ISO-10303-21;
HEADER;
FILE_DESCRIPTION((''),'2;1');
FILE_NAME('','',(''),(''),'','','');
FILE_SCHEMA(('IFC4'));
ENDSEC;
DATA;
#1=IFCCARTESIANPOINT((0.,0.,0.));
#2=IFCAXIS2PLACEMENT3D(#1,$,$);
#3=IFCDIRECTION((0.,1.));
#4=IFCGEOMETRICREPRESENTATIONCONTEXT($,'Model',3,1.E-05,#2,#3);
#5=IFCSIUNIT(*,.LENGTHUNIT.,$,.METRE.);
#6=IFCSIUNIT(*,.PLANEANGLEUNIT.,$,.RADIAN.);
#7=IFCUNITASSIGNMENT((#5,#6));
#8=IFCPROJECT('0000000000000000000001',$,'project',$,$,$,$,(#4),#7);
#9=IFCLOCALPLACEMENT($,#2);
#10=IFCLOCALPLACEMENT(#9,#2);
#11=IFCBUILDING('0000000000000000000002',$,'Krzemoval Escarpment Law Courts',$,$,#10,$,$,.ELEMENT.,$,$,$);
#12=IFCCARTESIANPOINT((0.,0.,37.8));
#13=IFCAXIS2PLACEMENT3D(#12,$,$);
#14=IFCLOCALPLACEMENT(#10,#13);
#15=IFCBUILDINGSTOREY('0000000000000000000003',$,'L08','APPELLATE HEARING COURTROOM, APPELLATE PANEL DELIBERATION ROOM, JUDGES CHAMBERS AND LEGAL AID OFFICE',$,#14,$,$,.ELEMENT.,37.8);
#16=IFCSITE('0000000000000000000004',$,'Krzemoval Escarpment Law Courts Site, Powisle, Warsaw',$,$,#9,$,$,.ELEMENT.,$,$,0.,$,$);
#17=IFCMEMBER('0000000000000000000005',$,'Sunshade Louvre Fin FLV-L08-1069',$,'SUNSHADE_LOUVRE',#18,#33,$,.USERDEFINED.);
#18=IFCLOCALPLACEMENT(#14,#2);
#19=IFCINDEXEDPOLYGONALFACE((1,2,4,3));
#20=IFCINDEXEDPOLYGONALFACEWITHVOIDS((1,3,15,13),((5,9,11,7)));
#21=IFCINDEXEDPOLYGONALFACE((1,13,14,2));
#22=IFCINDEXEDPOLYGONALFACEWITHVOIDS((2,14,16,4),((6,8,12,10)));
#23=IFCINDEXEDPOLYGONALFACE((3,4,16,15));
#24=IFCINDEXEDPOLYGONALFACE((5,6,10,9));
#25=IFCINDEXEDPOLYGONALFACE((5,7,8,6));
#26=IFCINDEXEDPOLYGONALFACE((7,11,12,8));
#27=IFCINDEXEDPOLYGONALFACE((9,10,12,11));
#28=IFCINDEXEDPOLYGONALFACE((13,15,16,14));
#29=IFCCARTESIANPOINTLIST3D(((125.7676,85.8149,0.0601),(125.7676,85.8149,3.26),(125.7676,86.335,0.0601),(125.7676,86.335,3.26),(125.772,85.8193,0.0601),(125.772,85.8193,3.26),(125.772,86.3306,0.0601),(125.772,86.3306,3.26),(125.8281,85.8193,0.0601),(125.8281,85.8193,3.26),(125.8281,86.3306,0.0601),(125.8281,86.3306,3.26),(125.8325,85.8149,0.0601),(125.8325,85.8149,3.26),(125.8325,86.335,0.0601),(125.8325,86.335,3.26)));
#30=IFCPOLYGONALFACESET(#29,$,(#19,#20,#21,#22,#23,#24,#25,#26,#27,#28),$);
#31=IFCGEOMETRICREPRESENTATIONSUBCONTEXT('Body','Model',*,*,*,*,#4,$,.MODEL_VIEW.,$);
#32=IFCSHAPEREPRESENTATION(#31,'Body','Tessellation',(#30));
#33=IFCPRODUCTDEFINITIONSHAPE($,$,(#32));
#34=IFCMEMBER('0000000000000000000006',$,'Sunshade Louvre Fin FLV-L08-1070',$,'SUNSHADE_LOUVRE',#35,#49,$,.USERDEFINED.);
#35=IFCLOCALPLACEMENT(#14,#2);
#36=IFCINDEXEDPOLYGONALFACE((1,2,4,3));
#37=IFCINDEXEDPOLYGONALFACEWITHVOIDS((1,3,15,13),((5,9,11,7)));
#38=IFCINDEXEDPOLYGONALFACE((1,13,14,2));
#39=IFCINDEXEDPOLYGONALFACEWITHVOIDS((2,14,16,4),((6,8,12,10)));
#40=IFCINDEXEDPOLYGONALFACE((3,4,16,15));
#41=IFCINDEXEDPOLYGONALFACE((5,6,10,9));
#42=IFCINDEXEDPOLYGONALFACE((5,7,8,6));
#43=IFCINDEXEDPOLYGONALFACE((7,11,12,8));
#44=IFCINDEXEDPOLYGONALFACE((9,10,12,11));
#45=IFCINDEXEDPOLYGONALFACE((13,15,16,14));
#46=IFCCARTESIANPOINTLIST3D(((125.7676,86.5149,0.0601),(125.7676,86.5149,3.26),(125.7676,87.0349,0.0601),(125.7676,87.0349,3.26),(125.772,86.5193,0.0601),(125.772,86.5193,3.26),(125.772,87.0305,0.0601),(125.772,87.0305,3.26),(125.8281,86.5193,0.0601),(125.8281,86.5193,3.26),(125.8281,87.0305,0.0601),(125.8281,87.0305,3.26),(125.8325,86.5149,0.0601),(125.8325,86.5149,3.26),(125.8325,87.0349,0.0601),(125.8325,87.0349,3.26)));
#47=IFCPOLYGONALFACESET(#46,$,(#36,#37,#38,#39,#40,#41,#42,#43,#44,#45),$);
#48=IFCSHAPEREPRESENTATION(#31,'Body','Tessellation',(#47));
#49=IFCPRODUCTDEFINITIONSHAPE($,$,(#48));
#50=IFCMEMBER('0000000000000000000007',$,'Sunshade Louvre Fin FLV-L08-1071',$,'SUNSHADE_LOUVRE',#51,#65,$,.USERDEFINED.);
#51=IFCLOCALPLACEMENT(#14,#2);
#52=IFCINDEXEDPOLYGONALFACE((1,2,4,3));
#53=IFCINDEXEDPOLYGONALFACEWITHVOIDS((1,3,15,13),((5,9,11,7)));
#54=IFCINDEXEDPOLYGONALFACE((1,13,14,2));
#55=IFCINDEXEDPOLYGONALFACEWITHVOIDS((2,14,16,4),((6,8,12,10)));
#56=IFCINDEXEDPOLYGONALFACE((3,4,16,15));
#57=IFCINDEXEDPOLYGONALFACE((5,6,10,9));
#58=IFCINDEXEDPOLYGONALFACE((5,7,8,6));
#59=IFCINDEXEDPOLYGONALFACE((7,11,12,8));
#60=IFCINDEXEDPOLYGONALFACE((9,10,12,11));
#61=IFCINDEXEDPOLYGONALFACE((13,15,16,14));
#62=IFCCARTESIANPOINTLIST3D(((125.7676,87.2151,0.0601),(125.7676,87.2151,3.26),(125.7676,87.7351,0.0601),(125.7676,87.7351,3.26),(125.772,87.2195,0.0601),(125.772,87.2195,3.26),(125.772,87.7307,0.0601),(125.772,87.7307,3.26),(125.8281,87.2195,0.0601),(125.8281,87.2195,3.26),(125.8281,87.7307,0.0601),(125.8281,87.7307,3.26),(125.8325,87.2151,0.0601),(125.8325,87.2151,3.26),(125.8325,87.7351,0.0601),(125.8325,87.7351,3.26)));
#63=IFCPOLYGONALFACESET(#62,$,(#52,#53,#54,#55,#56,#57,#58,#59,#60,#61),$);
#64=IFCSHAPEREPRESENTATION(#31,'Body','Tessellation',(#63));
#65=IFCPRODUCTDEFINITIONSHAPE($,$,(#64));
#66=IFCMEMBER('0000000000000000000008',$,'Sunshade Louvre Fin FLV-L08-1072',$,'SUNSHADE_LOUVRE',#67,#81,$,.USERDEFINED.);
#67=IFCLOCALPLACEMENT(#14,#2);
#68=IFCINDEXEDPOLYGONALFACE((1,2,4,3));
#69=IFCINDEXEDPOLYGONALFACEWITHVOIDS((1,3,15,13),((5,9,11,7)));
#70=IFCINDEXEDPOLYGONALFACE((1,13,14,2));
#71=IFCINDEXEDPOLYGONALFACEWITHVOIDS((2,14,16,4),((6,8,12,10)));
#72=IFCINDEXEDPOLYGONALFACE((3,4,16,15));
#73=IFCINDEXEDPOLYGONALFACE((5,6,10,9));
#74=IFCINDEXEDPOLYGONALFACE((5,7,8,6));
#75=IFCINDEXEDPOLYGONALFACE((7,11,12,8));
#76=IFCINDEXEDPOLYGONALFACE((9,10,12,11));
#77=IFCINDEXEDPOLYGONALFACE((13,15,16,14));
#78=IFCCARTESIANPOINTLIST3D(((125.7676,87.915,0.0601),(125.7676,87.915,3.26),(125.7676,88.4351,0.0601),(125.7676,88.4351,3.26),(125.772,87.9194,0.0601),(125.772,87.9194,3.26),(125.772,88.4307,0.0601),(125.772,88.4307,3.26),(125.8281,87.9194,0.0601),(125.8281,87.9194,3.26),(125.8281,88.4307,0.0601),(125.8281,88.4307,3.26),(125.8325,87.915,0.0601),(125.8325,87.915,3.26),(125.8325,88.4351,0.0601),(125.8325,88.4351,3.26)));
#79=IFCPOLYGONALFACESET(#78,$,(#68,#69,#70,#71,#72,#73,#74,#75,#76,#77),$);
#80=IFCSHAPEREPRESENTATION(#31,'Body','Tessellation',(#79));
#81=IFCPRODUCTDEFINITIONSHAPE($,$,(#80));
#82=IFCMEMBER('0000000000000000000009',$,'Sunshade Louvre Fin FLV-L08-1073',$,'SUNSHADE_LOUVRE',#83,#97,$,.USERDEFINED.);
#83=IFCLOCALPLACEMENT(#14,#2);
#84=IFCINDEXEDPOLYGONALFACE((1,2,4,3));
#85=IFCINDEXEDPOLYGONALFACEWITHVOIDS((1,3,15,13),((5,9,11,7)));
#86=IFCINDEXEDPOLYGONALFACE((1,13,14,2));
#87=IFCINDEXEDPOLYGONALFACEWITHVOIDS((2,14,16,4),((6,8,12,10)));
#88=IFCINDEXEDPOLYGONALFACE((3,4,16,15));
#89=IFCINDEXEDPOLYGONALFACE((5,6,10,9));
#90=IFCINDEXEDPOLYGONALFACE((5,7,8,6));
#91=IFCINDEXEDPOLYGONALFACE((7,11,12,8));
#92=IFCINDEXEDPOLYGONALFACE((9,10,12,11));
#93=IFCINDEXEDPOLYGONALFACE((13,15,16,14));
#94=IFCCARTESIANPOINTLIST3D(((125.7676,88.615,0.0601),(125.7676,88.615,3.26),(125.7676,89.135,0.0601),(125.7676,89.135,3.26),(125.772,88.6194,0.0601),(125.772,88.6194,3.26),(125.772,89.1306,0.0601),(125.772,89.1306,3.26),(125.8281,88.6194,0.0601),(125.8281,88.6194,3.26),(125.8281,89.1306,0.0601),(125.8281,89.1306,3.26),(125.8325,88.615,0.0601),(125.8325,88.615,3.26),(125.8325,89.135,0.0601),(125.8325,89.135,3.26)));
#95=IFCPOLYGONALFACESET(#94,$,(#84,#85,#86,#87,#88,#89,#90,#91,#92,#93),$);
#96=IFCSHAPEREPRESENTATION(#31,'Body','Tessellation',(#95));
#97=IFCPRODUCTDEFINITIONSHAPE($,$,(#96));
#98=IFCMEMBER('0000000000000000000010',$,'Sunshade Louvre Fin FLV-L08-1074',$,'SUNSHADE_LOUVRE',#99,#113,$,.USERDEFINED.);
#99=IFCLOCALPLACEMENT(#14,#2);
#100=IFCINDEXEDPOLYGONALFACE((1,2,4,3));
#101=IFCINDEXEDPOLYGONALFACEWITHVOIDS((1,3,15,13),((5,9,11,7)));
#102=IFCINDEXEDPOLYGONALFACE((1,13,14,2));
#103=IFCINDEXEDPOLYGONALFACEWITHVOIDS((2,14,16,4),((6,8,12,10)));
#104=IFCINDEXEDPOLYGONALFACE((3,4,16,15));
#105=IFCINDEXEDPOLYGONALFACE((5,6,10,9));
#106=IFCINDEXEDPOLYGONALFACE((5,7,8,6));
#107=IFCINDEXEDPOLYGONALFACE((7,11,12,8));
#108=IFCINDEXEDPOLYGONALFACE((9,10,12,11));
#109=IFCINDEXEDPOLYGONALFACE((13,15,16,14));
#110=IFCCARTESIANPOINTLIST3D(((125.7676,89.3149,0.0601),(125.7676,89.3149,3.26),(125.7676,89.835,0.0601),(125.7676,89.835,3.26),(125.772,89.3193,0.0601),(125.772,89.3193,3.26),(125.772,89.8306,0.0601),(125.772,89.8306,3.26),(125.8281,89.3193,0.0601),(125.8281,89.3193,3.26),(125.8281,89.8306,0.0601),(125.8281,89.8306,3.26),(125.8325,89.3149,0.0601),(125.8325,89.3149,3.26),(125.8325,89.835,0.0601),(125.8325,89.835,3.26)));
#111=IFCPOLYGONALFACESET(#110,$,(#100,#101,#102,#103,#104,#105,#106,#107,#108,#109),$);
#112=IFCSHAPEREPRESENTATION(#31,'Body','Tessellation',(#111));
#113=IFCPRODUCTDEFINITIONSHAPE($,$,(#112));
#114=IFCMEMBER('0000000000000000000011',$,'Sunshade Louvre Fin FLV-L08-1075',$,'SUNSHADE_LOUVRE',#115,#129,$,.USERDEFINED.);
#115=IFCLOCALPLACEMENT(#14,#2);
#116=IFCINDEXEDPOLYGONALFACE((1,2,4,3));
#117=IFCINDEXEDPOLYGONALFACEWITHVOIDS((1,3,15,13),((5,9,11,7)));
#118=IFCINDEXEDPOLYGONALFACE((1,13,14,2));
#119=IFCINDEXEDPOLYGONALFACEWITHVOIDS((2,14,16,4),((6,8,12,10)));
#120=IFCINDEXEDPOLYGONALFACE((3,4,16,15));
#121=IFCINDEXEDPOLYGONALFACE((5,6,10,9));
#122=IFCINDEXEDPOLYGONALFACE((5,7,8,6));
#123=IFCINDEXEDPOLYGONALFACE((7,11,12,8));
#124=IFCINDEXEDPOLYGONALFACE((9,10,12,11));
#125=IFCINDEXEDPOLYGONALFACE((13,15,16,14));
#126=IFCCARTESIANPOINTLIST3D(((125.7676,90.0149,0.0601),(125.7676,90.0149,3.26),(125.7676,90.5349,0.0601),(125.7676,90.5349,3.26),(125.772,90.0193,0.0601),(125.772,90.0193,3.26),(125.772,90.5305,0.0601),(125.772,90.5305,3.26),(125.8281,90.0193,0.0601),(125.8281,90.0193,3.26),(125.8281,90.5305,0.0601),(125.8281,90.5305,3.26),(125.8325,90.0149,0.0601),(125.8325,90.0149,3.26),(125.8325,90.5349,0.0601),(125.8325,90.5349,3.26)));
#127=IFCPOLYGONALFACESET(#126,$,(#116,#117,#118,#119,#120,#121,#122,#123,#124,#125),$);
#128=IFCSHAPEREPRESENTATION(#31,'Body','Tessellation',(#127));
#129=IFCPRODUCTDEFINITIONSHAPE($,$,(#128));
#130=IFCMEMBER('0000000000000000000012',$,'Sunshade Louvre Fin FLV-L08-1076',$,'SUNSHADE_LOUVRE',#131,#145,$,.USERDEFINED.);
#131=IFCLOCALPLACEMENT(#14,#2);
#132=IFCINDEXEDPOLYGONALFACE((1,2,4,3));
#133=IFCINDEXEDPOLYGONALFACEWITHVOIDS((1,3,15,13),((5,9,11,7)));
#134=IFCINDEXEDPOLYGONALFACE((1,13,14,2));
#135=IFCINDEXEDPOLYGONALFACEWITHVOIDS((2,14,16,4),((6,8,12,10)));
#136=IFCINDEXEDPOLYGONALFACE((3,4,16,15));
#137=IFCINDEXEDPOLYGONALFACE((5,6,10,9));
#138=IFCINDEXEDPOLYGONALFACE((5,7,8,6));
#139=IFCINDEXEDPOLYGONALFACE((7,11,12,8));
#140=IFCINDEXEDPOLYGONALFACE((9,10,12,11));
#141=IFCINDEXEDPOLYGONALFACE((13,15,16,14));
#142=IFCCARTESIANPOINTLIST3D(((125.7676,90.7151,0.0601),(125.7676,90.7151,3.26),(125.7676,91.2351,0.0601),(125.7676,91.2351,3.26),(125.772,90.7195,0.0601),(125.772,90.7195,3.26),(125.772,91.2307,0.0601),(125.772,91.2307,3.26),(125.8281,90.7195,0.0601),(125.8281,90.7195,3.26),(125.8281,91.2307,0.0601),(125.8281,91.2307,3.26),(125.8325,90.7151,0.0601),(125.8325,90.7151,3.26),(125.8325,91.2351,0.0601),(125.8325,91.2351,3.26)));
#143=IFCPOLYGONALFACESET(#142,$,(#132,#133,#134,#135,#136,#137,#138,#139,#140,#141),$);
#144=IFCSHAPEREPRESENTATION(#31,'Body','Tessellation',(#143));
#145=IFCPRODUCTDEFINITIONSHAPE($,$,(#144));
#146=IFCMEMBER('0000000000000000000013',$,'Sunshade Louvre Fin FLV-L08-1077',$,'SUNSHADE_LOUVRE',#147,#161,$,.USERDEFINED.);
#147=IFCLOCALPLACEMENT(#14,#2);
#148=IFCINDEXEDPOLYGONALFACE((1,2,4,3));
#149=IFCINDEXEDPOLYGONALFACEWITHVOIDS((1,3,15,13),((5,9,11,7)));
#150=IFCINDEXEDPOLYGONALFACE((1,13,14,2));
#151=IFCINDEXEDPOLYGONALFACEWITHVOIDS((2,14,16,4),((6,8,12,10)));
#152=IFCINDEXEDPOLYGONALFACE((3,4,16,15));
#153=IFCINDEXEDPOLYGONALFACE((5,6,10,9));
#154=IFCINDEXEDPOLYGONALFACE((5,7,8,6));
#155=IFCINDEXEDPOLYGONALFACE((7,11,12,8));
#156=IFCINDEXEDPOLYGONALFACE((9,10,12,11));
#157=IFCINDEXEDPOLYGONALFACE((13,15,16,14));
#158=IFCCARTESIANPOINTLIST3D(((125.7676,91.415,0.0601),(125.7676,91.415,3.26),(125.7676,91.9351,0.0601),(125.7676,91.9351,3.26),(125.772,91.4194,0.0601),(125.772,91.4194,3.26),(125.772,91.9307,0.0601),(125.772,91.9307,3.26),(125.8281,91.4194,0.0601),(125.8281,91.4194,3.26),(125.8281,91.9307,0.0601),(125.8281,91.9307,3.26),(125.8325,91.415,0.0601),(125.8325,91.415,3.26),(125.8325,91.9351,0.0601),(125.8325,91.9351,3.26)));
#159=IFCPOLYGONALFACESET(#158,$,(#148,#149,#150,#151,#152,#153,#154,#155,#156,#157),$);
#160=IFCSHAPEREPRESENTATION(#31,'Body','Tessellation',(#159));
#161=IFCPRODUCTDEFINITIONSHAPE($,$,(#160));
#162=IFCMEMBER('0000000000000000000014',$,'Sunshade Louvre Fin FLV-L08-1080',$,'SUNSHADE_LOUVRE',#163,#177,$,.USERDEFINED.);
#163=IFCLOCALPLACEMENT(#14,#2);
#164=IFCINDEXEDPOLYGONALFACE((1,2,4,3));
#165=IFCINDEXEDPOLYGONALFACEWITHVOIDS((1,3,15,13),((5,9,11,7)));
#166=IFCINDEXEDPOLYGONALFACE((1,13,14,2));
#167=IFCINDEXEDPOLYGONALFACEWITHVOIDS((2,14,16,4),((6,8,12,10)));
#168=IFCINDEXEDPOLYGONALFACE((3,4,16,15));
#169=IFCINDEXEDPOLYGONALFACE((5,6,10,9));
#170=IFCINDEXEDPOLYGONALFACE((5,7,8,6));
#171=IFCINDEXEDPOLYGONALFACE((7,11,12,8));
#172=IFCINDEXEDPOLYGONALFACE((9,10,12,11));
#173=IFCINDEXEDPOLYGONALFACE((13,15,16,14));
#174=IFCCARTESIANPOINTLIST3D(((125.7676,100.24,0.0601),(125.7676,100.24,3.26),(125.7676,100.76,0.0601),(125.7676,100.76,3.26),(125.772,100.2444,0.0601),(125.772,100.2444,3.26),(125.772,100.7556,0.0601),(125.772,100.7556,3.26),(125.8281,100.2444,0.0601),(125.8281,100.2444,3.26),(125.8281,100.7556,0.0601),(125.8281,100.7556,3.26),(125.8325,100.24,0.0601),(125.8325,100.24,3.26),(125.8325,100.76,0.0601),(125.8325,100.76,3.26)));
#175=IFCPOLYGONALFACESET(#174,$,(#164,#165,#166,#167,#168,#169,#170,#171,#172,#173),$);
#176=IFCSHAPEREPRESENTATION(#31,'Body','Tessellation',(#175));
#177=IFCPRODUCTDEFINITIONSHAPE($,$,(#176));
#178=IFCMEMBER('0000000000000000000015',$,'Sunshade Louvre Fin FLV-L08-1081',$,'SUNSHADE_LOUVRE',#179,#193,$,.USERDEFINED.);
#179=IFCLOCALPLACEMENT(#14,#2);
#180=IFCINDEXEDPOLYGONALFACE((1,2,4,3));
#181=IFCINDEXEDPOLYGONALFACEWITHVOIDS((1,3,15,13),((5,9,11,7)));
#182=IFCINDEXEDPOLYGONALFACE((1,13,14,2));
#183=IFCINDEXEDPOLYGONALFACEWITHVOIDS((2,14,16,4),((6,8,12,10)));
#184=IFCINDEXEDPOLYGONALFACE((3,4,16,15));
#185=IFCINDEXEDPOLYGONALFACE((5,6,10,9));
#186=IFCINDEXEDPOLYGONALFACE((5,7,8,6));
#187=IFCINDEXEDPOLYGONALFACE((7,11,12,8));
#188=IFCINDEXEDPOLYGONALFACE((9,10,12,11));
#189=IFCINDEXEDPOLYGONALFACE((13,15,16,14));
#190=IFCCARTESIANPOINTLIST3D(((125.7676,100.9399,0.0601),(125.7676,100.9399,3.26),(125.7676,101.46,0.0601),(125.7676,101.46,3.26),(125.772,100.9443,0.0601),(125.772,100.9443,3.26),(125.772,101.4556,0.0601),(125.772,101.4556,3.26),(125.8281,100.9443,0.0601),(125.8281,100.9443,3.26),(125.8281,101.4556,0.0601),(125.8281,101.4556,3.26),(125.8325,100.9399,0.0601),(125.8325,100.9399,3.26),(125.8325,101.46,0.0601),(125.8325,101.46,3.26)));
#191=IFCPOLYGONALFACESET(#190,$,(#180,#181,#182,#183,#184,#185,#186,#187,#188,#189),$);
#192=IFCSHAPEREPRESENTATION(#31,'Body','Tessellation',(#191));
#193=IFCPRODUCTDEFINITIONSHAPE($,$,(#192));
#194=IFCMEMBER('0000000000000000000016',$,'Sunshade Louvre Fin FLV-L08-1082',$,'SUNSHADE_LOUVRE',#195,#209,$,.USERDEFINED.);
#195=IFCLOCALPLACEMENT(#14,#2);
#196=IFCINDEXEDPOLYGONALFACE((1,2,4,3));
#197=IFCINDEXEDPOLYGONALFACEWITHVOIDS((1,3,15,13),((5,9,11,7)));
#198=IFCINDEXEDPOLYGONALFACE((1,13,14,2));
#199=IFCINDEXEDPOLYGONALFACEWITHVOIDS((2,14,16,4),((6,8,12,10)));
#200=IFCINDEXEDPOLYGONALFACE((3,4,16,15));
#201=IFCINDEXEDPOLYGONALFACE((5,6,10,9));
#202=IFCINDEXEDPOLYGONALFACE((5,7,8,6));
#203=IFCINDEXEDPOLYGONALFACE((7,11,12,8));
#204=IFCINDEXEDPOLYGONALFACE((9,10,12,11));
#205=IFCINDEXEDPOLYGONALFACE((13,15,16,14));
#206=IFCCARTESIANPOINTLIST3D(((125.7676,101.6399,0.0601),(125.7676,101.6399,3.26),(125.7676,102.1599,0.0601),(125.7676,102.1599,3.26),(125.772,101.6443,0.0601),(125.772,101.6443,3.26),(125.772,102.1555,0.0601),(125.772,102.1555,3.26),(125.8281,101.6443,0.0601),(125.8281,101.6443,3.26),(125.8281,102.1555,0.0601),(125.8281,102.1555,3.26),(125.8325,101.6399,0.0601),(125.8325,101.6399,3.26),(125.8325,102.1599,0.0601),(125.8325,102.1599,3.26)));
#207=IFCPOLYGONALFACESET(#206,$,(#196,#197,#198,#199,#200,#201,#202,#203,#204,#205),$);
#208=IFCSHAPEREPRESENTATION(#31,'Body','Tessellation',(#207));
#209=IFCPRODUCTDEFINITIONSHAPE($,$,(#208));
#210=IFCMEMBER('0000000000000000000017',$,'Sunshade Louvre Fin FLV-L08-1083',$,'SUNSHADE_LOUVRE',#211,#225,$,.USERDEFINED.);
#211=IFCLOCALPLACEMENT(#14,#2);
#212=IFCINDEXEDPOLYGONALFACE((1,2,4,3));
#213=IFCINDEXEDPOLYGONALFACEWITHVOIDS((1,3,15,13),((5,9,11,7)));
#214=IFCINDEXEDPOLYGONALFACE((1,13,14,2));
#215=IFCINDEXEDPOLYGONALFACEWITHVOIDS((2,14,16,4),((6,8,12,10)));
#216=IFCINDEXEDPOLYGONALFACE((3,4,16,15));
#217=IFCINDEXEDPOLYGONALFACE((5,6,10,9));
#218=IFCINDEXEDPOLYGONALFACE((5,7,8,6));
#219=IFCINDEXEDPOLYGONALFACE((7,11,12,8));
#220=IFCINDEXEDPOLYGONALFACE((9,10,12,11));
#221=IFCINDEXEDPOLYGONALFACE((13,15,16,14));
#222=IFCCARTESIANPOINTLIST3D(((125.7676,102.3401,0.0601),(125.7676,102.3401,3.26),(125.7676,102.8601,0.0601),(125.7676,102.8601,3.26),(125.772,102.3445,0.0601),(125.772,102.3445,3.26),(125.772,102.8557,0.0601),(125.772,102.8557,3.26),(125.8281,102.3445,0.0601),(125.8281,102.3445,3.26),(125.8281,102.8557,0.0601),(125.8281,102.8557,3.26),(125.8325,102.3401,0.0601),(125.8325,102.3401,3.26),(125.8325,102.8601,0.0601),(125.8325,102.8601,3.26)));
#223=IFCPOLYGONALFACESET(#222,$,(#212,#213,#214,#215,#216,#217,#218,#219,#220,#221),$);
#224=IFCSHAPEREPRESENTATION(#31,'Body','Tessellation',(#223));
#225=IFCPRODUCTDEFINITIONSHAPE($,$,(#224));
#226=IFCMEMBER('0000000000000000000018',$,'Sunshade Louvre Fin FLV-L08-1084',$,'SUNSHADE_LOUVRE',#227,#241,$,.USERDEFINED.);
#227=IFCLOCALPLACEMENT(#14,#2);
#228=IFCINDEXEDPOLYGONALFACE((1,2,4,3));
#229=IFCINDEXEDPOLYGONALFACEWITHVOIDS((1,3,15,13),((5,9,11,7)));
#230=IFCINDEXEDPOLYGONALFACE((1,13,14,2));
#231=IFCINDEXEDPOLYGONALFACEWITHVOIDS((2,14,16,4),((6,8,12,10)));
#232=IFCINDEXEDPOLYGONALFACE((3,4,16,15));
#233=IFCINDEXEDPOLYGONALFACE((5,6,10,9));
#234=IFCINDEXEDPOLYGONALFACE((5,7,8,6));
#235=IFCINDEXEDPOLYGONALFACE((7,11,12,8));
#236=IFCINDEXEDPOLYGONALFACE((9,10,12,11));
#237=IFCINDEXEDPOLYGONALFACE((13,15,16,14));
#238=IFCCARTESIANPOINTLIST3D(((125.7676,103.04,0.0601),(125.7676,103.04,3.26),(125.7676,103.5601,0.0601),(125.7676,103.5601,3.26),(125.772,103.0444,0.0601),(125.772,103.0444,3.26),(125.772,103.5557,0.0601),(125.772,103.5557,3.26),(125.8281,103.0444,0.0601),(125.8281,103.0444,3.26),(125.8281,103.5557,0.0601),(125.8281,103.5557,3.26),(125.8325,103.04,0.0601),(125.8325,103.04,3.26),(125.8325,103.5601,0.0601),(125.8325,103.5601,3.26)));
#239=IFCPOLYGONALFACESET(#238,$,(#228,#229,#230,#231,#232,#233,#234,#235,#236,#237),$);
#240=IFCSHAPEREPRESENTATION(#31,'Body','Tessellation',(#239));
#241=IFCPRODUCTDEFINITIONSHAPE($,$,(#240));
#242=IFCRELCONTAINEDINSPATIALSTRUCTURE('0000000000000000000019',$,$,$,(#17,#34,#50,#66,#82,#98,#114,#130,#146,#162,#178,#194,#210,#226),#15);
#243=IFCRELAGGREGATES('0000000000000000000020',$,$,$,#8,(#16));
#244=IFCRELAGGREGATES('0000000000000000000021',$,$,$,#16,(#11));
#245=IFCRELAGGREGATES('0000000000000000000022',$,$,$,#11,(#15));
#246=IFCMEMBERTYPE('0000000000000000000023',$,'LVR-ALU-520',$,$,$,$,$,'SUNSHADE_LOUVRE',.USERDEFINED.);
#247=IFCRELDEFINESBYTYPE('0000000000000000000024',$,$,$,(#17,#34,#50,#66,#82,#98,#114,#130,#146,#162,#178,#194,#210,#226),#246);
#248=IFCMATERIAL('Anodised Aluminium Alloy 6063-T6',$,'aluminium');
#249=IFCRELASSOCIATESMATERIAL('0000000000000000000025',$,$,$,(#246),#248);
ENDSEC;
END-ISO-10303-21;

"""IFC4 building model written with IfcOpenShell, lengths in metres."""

from ifc_helpers import new_model, si_unit, direction, frame, origin, origin_2d, place, context, subcontext, project, spatial, hollow_rectangle, extrude, material, material_profile, profile_set, type_object, element, save


model = new_model("IFC4")

# Units and contexts
model_context = context("Model", 3, precision=1e-05, world=origin(), true_north=direction((0.0, 1.0)))
body_context = subcontext(model_context, "Body", "Model", "MODEL_VIEW")
ifc_project = project(units=[si_unit("LENGTHUNIT", "METRE"), si_unit("PLANEANGLEUNIT", "RADIAN")], contexts=[model_context])

# Site, building, storey
site_placement = place(None, origin())
site = spatial("IfcSite", under=ifc_project, at=site_placement, Name="Krzemoval Escarpment Law Courts Site, Powisle, Warsaw", CompositionType="ELEMENT", RefElevation=0.0)
building_placement = place(site_placement, origin())
building = spatial("IfcBuilding", under=site, at=building_placement, Name="Krzemoval Escarpment Law Courts", CompositionType="ELEMENT")
storey_placement = place(building_placement, frame((0.0, 0.0, 37.8)))
storey = spatial("IfcBuildingStorey", under=building, at=storey_placement, Name="L08", Description="APPELLATE HEARING COURTROOM, APPELLATE PANEL DELIBERATION ROOM, JUDGES CHAMBERS AND LEGAL AID OFFICE", CompositionType="ELEMENT", Elevation=37.8)

# Members
ifc_material_1 = material(Name="Anodised Aluminium Alloy 6063-T6", Category="aluminium")
ifc_material_profile = material_profile(ifc_material_1, hollow_rectangle(XDim=0.0649, YDim=0.52, WallThickness=0.0044, at=origin_2d()), Name="ALU LVR 65x520")
ifc_profile_set = profile_set([ifc_material_profile], Name="Anodised Aluminium Alloy 6063-T6")
member_type = type_object("IfcMemberType", Name="LVR-ALU-520", ElementType="SUNSHADE_LOUVRE", PredefinedType="USERDEFINED", material=ifc_profile_set)
for number, where, z_axis, x_axis, name in (
    (1, (125.8, 86.075, 0.0601), (0.0, 0.0, 1.0), (1.0, 0.0, 0.0), "Sunshade Louvre Fin FLV-L08-1069"),
    (2, (125.8, 86.7749, 0.0601), (0.0, 0.0, 1.0), (1.0, 0.0, 0.0), "Sunshade Louvre Fin FLV-L08-1070"),
    (3, (125.8, 87.4751, 0.0601), (0.0, 0.0, 1.0), (1.0, 0.0, 0.0), "Sunshade Louvre Fin FLV-L08-1071"),
    (4, (125.8, 88.175, 0.0601), (0.0, 0.0, 1.0), (1.0, 0.0, 0.0), "Sunshade Louvre Fin FLV-L08-1072"),
    (5, (125.8, 88.875, 0.0601), (0.0, 0.0, 1.0), (1.0, 0.0, 0.0), "Sunshade Louvre Fin FLV-L08-1073"),
    (6, (125.8, 89.575, 0.0601), (0.0, 0.0, 1.0), (1.0, 0.0, 0.0), "Sunshade Louvre Fin FLV-L08-1074"),
    (7, (125.8, 90.2749, 0.0601), (0.0, 0.0, 1.0), (1.0, 0.0, 0.0), "Sunshade Louvre Fin FLV-L08-1075"),
    (8, (125.8, 90.9751, 0.0601), (0.0, 0.0, 1.0), (1.0, 0.0, 0.0), "Sunshade Louvre Fin FLV-L08-1076"),
    (9, (125.8, 91.675, 0.0601), (0.0, 0.0, 1.0), (1.0, 0.0, 0.0), "Sunshade Louvre Fin FLV-L08-1077"),
    (10, (125.8, 100.5, 0.0601), (0.0, 0.0, 1.0), (1.0, 0.0, 0.0), "Sunshade Louvre Fin FLV-L08-1080"),
    (11, (125.8, 101.2, 0.0601), (0.0, 0.0, 1.0), (1.0, 0.0, 0.0), "Sunshade Louvre Fin FLV-L08-1081"),
    (12, (125.8, 101.8999, 0.0601), (0.0, 0.0, 1.0), (1.0, 0.0, 0.0), "Sunshade Louvre Fin FLV-L08-1082"),
    (13, (125.8, 102.6001, 0.0601), (0.0, 0.0, 1.0), (1.0, 0.0, 0.0), "Sunshade Louvre Fin FLV-L08-1083"),
    (14, (125.8, 103.3, 0.0601), (0.0, 0.0, 1.0), (1.0, 0.0, 0.0), "Sunshade Louvre Fin FLV-L08-1084"),
):
    element("IfcMember", number, at=place(storey_placement, frame(where, z_axis=z_axis, x_axis=x_axis)), inside=storey, type_object=member_type, Name=name, ObjectType="SUNSHADE_LOUVRE", PredefinedType="USERDEFINED", context=body_context, shape_type="SweptSolid", body=[
        extrude(hollow_rectangle(XDim=0.0649, YDim=0.52, WallThickness=0.0044, at=origin_2d()), origin(), (0.0, 0.0, 1.0), 3.2),
    ])

save(model, "model.ifc")
